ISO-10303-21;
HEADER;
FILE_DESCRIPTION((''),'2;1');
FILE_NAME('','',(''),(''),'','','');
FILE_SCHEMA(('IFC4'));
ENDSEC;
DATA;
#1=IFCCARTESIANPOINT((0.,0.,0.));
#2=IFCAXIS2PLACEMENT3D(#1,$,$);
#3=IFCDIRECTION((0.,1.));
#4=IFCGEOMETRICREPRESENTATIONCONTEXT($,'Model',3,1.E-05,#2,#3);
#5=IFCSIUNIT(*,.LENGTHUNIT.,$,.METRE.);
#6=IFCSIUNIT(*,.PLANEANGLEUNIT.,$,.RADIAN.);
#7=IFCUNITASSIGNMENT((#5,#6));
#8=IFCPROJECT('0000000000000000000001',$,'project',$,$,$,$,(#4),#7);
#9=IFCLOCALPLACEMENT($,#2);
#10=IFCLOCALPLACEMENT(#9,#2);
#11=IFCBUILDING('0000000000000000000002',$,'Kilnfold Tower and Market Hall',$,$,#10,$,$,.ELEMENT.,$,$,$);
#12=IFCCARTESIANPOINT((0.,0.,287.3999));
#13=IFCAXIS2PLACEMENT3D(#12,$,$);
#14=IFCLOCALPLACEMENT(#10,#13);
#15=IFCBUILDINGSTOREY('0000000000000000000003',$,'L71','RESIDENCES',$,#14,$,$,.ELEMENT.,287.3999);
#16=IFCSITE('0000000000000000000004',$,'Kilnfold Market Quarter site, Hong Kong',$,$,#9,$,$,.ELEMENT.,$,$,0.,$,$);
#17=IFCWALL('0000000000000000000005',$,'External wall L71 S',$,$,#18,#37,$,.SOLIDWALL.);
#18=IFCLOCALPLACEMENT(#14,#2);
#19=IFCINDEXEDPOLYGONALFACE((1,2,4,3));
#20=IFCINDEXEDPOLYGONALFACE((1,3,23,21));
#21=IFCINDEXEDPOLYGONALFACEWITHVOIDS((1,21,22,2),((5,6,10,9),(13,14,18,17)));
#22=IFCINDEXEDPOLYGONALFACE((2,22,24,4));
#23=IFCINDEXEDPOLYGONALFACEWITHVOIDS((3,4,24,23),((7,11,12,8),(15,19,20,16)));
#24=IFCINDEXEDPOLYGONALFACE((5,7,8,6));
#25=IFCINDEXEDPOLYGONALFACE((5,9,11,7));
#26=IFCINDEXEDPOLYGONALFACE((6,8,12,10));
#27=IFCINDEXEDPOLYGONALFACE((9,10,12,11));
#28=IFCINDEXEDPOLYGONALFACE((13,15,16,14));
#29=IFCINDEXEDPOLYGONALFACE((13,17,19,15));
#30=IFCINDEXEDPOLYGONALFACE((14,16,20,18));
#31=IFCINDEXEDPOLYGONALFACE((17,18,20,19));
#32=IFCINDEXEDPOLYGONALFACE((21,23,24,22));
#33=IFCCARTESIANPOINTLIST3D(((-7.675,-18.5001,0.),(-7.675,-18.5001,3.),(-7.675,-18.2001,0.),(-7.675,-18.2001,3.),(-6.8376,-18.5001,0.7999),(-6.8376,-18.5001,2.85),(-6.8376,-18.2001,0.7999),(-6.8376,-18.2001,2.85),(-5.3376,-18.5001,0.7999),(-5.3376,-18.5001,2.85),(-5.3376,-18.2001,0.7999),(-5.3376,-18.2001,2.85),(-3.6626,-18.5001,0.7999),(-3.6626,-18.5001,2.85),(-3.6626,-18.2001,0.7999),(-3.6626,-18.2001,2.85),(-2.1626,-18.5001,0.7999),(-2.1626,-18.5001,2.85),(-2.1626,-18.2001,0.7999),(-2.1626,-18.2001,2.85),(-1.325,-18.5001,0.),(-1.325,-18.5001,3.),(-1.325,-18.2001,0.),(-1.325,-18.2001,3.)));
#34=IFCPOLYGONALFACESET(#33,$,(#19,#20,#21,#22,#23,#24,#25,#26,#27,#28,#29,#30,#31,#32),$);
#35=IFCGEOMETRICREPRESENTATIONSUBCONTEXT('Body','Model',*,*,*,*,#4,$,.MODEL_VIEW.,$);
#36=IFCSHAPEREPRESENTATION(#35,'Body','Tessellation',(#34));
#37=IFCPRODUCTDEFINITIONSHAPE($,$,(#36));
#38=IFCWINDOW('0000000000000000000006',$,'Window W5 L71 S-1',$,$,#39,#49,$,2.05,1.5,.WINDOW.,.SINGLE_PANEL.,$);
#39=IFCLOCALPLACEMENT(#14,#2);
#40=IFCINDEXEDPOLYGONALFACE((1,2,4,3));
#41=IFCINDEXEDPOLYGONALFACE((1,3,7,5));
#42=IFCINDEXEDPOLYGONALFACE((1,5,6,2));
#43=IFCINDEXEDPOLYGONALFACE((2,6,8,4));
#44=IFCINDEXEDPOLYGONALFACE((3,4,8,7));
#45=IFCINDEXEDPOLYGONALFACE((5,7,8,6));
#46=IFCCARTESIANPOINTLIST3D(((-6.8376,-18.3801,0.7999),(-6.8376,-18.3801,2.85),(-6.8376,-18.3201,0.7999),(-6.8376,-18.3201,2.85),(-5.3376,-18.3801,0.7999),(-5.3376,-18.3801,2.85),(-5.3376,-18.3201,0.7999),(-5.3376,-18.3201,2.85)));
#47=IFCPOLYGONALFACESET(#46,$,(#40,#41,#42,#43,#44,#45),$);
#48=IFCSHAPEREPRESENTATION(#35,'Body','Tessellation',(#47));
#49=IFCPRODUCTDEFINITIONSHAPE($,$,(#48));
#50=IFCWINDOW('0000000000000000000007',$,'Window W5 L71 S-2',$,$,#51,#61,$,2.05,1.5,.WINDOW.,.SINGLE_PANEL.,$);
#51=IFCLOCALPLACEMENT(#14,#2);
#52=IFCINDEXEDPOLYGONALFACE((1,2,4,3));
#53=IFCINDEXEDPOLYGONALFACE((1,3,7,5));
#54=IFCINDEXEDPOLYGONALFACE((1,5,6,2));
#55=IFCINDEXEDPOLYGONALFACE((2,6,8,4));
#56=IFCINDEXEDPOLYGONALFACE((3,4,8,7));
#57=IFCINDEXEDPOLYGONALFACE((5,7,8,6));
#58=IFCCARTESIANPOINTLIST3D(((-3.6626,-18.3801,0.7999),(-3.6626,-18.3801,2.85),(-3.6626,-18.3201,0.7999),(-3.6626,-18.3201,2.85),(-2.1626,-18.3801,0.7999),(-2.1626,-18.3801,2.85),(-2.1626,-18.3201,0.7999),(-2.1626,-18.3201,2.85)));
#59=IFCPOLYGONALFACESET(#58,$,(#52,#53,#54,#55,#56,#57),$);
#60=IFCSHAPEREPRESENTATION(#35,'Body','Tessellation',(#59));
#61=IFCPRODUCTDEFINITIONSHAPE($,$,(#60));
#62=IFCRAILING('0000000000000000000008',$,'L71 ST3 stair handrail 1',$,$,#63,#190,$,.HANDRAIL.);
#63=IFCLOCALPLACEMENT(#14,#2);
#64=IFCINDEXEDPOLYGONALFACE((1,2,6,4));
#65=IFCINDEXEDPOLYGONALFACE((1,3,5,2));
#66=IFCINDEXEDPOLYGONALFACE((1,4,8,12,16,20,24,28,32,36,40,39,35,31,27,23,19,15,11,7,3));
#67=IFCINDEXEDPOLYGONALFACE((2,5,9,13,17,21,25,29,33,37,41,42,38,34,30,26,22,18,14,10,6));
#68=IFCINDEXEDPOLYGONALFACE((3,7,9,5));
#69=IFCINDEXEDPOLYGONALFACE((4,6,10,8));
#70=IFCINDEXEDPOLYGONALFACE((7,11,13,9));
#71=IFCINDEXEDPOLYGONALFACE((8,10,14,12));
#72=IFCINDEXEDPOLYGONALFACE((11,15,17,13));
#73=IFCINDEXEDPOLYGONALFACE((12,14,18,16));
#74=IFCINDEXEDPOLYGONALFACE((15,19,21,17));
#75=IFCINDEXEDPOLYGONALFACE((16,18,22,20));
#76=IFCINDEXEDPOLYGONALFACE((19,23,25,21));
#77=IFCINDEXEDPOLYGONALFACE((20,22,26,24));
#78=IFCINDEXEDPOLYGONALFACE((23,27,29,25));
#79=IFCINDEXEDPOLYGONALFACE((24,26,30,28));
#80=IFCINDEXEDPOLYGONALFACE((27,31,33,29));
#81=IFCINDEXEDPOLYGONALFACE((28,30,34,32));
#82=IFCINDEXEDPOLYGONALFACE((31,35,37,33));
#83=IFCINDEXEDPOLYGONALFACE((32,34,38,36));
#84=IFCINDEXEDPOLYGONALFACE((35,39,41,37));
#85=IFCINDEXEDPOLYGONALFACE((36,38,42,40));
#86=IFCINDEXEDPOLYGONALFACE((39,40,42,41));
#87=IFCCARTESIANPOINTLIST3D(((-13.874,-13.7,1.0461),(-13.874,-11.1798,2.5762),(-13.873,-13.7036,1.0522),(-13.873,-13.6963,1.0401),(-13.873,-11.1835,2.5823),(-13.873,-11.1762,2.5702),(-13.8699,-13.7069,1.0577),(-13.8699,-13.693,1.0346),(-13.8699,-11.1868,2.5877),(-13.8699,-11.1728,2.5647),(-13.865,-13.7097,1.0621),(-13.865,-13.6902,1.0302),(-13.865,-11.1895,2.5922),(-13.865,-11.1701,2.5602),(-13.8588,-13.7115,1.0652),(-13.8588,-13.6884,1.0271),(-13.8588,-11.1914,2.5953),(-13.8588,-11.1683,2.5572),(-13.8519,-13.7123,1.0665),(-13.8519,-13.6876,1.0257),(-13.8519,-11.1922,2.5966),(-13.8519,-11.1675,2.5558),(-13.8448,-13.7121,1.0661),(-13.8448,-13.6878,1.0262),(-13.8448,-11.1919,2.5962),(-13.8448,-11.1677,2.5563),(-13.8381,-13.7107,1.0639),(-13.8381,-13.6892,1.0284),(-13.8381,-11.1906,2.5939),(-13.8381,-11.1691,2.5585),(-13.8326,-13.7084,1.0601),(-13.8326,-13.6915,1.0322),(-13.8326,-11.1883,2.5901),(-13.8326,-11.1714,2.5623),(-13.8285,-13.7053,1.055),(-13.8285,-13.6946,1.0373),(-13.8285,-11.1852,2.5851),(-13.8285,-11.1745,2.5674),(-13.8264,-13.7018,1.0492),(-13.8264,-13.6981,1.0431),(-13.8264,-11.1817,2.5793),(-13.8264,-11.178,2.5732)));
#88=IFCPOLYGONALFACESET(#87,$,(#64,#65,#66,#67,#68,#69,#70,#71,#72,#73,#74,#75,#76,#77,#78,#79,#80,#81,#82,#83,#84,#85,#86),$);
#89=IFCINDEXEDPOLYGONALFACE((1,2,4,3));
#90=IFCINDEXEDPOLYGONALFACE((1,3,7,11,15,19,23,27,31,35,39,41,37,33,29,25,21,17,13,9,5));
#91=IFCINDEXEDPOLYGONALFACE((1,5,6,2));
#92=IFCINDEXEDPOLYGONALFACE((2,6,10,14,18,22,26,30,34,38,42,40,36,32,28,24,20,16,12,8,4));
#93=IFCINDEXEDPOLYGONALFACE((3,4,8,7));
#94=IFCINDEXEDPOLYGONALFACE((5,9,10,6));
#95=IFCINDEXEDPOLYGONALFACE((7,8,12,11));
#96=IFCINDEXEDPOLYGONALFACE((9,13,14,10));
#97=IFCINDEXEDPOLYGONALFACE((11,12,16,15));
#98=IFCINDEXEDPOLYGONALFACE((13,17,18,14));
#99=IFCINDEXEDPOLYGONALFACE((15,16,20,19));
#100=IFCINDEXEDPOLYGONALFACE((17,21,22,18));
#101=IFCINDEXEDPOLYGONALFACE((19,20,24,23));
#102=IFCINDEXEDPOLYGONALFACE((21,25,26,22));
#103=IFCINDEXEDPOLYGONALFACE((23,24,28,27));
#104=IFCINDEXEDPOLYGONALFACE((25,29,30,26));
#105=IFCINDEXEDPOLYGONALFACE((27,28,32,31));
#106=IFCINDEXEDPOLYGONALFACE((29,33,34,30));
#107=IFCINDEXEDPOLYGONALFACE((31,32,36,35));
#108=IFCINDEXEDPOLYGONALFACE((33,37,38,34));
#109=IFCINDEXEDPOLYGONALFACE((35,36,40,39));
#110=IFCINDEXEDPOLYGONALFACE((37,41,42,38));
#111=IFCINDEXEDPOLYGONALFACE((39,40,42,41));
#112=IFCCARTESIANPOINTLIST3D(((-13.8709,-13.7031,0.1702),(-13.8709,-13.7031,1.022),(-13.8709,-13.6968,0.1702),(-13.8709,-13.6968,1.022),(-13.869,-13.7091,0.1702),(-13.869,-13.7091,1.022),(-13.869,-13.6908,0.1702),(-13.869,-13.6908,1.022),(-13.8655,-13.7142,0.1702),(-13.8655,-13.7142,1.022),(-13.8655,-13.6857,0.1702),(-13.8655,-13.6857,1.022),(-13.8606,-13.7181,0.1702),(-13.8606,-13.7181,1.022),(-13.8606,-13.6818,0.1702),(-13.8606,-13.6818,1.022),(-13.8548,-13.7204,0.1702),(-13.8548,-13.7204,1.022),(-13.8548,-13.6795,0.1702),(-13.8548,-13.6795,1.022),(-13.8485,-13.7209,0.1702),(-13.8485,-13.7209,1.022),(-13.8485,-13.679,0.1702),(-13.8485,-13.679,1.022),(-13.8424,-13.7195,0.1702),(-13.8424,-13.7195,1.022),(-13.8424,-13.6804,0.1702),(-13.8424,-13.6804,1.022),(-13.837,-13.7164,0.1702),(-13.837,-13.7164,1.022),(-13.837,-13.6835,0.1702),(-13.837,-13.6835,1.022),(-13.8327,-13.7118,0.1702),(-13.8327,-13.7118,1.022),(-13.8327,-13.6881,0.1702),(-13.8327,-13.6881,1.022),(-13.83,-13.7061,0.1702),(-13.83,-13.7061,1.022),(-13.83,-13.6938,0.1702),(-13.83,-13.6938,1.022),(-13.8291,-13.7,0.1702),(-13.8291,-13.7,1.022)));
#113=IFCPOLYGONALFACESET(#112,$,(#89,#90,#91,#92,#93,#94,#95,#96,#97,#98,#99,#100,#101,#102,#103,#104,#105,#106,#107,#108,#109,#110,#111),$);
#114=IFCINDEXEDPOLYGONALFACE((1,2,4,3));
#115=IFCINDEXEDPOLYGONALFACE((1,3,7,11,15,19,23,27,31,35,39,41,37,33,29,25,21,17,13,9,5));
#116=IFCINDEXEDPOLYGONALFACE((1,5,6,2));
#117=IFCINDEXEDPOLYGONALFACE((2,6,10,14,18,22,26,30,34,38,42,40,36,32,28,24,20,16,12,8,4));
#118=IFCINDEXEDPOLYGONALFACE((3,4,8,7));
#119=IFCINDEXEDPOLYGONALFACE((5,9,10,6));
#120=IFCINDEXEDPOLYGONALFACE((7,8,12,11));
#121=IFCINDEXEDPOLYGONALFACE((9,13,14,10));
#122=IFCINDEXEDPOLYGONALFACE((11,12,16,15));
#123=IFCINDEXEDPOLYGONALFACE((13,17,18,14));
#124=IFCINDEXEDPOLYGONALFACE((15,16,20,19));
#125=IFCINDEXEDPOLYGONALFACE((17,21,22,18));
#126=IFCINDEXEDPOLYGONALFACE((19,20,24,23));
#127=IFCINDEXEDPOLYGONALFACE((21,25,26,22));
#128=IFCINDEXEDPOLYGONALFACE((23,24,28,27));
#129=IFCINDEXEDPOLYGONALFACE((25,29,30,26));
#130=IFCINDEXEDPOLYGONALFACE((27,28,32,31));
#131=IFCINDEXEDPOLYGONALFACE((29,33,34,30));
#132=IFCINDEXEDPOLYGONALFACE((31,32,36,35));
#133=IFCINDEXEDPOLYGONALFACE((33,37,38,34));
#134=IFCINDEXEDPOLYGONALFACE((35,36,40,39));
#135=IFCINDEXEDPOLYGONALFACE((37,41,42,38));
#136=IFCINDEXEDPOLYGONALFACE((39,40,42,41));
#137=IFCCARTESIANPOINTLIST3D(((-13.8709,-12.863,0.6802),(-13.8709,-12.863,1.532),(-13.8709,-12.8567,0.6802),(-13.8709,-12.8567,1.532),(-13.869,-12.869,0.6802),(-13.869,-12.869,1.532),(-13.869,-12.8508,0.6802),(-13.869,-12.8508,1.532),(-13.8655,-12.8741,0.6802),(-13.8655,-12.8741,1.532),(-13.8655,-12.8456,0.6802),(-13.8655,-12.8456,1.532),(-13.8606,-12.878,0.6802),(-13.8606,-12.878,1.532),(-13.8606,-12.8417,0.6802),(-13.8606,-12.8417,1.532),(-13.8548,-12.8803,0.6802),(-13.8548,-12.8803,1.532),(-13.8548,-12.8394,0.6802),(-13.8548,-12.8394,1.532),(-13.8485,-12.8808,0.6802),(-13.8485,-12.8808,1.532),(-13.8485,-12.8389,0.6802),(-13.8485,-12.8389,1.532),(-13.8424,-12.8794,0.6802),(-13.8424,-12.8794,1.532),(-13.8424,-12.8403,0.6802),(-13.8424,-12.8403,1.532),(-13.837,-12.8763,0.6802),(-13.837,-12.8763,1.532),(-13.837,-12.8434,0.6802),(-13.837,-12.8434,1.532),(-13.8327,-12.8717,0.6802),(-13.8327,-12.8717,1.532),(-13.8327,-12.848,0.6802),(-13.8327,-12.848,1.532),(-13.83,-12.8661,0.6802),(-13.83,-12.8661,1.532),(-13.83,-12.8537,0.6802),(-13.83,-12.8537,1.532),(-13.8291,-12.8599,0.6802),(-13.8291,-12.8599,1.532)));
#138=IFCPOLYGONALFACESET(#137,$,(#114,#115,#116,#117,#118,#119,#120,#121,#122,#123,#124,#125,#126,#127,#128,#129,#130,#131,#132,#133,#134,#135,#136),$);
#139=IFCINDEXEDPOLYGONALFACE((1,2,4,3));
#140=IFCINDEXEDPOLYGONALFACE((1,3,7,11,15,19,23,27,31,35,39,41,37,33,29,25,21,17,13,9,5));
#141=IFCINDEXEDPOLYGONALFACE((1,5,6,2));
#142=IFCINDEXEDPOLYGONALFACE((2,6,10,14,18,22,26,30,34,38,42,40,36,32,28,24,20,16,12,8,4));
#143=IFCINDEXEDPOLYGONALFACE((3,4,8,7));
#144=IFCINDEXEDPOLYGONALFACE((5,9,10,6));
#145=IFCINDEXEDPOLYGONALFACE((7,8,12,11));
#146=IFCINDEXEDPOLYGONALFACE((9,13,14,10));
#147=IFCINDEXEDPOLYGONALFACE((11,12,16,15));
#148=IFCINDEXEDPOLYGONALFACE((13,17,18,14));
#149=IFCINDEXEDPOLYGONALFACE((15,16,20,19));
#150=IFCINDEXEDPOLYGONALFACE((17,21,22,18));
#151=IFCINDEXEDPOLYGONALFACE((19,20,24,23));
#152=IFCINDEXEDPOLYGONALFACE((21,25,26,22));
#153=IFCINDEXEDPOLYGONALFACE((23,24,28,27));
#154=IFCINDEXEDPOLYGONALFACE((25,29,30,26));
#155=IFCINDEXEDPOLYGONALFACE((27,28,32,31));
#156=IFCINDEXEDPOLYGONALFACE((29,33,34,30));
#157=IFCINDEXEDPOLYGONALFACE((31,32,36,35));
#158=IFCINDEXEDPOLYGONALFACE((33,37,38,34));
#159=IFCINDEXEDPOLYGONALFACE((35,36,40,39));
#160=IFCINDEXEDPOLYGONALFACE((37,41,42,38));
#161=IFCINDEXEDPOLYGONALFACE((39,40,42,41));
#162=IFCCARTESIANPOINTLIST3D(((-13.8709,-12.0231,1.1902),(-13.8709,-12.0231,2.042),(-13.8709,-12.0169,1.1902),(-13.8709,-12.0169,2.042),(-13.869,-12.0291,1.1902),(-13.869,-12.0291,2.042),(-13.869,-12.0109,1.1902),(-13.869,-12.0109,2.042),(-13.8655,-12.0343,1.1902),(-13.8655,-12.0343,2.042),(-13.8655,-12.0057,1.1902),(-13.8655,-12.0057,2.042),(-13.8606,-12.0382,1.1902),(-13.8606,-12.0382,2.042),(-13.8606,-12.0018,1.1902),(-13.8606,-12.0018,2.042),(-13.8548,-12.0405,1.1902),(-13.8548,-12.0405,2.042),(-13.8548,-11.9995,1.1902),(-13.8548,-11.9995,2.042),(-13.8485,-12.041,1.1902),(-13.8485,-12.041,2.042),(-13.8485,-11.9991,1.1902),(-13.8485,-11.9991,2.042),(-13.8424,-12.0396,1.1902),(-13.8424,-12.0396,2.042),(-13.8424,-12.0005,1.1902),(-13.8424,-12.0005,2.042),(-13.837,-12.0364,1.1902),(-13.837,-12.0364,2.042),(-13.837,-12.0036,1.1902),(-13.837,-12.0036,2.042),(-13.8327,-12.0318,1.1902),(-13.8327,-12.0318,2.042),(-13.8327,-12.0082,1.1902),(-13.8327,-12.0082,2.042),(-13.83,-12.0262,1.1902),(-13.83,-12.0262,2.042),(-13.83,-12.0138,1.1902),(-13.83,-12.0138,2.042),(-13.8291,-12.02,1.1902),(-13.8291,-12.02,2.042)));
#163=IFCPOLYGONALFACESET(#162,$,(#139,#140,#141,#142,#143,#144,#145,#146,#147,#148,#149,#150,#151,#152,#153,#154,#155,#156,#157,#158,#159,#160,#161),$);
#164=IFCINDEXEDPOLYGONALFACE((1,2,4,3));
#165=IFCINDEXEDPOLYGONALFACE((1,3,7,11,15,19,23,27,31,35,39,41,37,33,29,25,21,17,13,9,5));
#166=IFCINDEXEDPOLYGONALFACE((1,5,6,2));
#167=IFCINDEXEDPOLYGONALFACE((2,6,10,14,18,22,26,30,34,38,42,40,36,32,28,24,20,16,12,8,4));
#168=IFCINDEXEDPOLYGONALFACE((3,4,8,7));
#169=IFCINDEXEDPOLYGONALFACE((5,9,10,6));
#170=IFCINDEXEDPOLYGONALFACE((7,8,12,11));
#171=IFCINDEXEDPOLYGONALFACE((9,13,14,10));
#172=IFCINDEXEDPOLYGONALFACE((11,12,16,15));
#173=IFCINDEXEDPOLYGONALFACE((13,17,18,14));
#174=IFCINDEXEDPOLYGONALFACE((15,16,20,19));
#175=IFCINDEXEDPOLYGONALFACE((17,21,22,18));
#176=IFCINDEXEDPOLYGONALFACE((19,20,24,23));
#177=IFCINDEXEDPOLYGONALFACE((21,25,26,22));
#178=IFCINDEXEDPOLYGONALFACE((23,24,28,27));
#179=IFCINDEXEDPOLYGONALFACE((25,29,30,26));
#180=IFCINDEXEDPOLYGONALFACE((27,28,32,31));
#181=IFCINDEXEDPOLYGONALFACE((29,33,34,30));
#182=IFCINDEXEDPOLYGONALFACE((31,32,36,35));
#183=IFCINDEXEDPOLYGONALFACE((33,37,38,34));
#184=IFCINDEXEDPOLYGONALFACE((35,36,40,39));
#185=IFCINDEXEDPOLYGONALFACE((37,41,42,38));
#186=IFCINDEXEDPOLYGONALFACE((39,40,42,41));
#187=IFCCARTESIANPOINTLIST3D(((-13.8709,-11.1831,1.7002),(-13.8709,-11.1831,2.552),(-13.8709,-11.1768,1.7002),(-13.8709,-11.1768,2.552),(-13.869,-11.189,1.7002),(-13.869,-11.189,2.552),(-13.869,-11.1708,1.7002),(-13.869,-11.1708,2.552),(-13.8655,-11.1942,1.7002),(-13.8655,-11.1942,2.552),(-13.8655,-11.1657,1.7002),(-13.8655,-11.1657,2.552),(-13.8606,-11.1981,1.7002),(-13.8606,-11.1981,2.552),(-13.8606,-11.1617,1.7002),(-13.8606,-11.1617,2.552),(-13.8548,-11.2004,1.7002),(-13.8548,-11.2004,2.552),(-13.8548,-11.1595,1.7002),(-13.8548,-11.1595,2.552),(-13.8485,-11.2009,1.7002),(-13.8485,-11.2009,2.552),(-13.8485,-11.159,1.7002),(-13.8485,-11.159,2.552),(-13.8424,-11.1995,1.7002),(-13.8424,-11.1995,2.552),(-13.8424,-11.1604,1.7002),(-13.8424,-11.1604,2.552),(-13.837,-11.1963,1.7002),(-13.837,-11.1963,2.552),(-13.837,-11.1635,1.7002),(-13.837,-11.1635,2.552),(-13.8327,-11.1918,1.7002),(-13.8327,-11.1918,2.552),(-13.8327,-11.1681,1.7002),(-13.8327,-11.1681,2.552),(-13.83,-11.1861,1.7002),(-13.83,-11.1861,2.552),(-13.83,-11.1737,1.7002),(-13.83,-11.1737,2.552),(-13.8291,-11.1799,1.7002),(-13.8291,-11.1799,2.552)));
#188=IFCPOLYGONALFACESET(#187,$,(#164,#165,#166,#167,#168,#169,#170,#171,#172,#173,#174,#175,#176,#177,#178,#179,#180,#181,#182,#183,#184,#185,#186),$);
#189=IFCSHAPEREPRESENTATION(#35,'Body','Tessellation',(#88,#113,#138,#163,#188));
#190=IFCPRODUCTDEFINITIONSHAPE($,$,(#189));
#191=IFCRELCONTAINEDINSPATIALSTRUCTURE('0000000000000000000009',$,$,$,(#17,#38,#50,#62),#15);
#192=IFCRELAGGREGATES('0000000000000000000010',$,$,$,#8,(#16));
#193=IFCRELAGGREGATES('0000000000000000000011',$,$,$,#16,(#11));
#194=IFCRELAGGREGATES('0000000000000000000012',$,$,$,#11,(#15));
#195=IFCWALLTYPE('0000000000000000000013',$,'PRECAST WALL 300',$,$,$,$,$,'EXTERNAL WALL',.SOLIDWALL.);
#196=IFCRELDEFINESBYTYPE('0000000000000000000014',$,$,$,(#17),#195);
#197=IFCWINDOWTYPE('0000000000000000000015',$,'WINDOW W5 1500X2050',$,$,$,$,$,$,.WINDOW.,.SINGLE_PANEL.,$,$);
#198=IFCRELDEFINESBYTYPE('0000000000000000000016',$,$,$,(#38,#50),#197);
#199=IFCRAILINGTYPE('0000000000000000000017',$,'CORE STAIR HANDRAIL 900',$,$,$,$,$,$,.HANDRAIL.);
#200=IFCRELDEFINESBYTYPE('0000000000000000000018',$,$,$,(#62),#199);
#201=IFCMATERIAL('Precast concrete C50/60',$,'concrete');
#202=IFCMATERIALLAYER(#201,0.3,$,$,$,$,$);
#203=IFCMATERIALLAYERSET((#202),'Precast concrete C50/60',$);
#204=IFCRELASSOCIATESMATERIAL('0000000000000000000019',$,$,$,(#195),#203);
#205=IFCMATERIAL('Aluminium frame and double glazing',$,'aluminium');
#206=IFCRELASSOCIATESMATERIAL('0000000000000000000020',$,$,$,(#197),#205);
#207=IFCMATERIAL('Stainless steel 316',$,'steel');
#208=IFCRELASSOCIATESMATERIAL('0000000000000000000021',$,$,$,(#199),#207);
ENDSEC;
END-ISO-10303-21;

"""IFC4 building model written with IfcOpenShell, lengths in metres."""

from ifc_helpers import new_model, si_unit, direction, frame, frame_2d, origin, origin_2d, place, context, subcontext, project, spatial, rectangle, circle, extrude, source, transform, mapped, material, layer, layer_set, type_object, element, fill, save


model = new_model("IFC4")

# Units and contexts
model_context = context("Model", 3, precision=1e-05, world=origin(), true_north=direction((0.0, 1.0)))
body_context = subcontext(model_context, "Body", "Model", "MODEL_VIEW")
ifc_project = project(units=[si_unit("LENGTHUNIT", "METRE"), si_unit("PLANEANGLEUNIT", "RADIAN")], contexts=[model_context])

# Site, building, storey
site_placement = place(None, origin())
site = spatial("IfcSite", under=ifc_project, at=site_placement, Name="Kilnfold Market Quarter site, Hong Kong", CompositionType="ELEMENT", RefElevation=0.0)
building_placement = place(site_placement, origin())
building = spatial("IfcBuilding", under=site, at=building_placement, Name="Kilnfold Tower and Market Hall", CompositionType="ELEMENT")
storey_placement = place(building_placement, frame((0.0, 0.0, 287.3999)))
storey = spatial("IfcBuildingStorey", under=building, at=storey_placement, Name="L71", Description="RESIDENCES", CompositionType="ELEMENT", Elevation=287.3999)

# Wall, openings, windows
ifc_material_1 = material(Name="Precast concrete C50/60", Category="concrete")
ifc_layer_1 = layer(ifc_material_1, 0.3)
ifc_layer_set_1 = layer_set([ifc_layer_1], Name="Precast concrete C50/60")
wall_type_1 = type_object("IfcWallType", Name="PRECAST WALL 300", ElementType="EXTERNAL WALL", PredefinedType="SOLIDWALL", material=ifc_layer_set_1)
shared_shape_1 = source(origin(), body_context, "Body", "SweptSolid", [
    extrude(rectangle(XDim=6.3501, YDim=0.3, at=frame_2d((3.175, 0.0))), origin(), (0.0, 0.0, 1.0), 3.0),
])
wall_1_placement = place(storey_placement, frame((-7.675, -18.3501, 0.0), z_axis=(0.0, 0.0, 1.0), x_axis=(1.0, 0.0, 0.0)))
wall_1 = element("IfcWall", 1, at=wall_1_placement, inside=storey, type_object=wall_type_1, Name="External wall L71 S", PredefinedType="SOLIDWALL", context=body_context, shape_type="MappedRepresentation", body=[
    mapped(shared_shape_1, transform((0.0, 0.0, 0.0))),
])
opening_1_placement = place(wall_1_placement, frame((0.8374, 0.0, 0.8)))
opening_1 = element("IfcOpeningElement", 2, at=opening_1_placement, cuts=wall_1, PredefinedType="OPENING", context=body_context, shape_type="SweptSolid", body=[
    extrude(rectangle(XDim=1.5, YDim=2.05, at=frame_2d((0.75, 1.0249))), frame((0.0, 0.1602, 0.0), z_axis=(0.0, -1.0, 0.0), x_axis=(1.0, 0.0, 0.0)), (0.0, 0.0, 1.0), 0.3201),
])
opening_2_placement = place(wall_1_placement, frame((4.0125, 0.0, 0.8)))
opening_2 = element("IfcOpeningElement", 3, at=opening_2_placement, cuts=wall_1, PredefinedType="OPENING", context=body_context, shape_type="SweptSolid", body=[
    extrude(rectangle(XDim=1.5, YDim=2.05, at=frame_2d((0.75, 1.0249))), frame((0.0, 0.1602, 0.0), z_axis=(0.0, -1.0, 0.0), x_axis=(1.0, 0.0, 0.0)), (0.0, 0.0, 1.0), 0.3201),
])
ifc_material_2 = material(Name="Aluminium frame and double glazing", Category="aluminium")
window_type = type_object("IfcWindowType", Name="WINDOW W5 1500X2050", PartitioningType="SINGLE_PANEL", PredefinedType="WINDOW", material=ifc_material_2)
window_1_placement = place(opening_1_placement, origin())
window_1 = element("IfcWindow", 4, at=window_1_placement, inside=storey, type_object=window_type, Name="Window W5 L71 S-1", OverallHeight=2.05, OverallWidth=1.5, PartitioningType="SINGLE_PANEL", PredefinedType="WINDOW", context=body_context, shape_type="SweptSolid", body=[
    extrude(rectangle(XDim=1.5, YDim=2.05, at=frame_2d((0.75, 1.0249))), frame((0.0, 0.03, 0.0), z_axis=(0.0, -1.0, 0.0), x_axis=(1.0, 0.0, 0.0)), (0.0, 0.0, 1.0), 0.0601),
])
fill(opening_1, window_1)
window_2_placement = place(opening_2_placement, origin())
window_2 = element("IfcWindow", 5, at=window_2_placement, inside=storey, type_object=window_type, Name="Window W5 L71 S-2", OverallHeight=2.05, OverallWidth=1.5, PartitioningType="SINGLE_PANEL", PredefinedType="WINDOW", context=body_context, shape_type="SweptSolid", body=[
    extrude(rectangle(XDim=1.5, YDim=2.05, at=frame_2d((0.75, 1.0249))), frame((0.0, 0.03, 0.0), z_axis=(0.0, -1.0, 0.0), x_axis=(1.0, 0.0, 0.0)), (0.0, 0.0, 1.0), 0.0601),
])
fill(opening_2, window_2)

# Railing
ifc_material_3 = material(Name="Stainless steel 316", Category="steel")
railing_type = type_object("IfcRailingType", Name="CORE STAIR HANDRAIL 900", PredefinedType="HANDRAIL", material=ifc_material_3)
railing_placement = place(storey_placement, frame((-13.8501, -13.7, 0.1702)))
element("IfcRailing", 6, at=railing_placement, inside=storey, type_object=railing_type, Name="L71 ST3 stair handrail 1", PredefinedType="HANDRAIL", context=body_context, shape_type="SweptSolid", body=[
    extrude(circle(Radius=0.0239, at=origin_2d()), frame((0.0, 0.0, 0.876), z_axis=(0.0, 0.854785, 0.518982), x_axis=(-1.0, 0.0, 0.0)), (0.0, 0.0, 1.0), 2.9482),
    extrude(circle(Radius=0.021, at=origin_2d()), origin(), (0.0, 0.0, 1.0), 0.8518),
    extrude(circle(Radius=0.021, at=origin_2d()), frame((0.0, 0.8401, 0.51)), (0.0, 0.0, 1.0), 0.8518),
    extrude(circle(Radius=0.021, at=origin_2d()), frame((0.0, 1.6799, 1.02)), (0.0, 0.0, 1.0), 0.8518),
    extrude(circle(Radius=0.021, at=origin_2d()), frame((0.0, 2.52, 1.53)), (0.0, 0.0, 1.0), 0.8518),
])

save(model, "model.ifc")
